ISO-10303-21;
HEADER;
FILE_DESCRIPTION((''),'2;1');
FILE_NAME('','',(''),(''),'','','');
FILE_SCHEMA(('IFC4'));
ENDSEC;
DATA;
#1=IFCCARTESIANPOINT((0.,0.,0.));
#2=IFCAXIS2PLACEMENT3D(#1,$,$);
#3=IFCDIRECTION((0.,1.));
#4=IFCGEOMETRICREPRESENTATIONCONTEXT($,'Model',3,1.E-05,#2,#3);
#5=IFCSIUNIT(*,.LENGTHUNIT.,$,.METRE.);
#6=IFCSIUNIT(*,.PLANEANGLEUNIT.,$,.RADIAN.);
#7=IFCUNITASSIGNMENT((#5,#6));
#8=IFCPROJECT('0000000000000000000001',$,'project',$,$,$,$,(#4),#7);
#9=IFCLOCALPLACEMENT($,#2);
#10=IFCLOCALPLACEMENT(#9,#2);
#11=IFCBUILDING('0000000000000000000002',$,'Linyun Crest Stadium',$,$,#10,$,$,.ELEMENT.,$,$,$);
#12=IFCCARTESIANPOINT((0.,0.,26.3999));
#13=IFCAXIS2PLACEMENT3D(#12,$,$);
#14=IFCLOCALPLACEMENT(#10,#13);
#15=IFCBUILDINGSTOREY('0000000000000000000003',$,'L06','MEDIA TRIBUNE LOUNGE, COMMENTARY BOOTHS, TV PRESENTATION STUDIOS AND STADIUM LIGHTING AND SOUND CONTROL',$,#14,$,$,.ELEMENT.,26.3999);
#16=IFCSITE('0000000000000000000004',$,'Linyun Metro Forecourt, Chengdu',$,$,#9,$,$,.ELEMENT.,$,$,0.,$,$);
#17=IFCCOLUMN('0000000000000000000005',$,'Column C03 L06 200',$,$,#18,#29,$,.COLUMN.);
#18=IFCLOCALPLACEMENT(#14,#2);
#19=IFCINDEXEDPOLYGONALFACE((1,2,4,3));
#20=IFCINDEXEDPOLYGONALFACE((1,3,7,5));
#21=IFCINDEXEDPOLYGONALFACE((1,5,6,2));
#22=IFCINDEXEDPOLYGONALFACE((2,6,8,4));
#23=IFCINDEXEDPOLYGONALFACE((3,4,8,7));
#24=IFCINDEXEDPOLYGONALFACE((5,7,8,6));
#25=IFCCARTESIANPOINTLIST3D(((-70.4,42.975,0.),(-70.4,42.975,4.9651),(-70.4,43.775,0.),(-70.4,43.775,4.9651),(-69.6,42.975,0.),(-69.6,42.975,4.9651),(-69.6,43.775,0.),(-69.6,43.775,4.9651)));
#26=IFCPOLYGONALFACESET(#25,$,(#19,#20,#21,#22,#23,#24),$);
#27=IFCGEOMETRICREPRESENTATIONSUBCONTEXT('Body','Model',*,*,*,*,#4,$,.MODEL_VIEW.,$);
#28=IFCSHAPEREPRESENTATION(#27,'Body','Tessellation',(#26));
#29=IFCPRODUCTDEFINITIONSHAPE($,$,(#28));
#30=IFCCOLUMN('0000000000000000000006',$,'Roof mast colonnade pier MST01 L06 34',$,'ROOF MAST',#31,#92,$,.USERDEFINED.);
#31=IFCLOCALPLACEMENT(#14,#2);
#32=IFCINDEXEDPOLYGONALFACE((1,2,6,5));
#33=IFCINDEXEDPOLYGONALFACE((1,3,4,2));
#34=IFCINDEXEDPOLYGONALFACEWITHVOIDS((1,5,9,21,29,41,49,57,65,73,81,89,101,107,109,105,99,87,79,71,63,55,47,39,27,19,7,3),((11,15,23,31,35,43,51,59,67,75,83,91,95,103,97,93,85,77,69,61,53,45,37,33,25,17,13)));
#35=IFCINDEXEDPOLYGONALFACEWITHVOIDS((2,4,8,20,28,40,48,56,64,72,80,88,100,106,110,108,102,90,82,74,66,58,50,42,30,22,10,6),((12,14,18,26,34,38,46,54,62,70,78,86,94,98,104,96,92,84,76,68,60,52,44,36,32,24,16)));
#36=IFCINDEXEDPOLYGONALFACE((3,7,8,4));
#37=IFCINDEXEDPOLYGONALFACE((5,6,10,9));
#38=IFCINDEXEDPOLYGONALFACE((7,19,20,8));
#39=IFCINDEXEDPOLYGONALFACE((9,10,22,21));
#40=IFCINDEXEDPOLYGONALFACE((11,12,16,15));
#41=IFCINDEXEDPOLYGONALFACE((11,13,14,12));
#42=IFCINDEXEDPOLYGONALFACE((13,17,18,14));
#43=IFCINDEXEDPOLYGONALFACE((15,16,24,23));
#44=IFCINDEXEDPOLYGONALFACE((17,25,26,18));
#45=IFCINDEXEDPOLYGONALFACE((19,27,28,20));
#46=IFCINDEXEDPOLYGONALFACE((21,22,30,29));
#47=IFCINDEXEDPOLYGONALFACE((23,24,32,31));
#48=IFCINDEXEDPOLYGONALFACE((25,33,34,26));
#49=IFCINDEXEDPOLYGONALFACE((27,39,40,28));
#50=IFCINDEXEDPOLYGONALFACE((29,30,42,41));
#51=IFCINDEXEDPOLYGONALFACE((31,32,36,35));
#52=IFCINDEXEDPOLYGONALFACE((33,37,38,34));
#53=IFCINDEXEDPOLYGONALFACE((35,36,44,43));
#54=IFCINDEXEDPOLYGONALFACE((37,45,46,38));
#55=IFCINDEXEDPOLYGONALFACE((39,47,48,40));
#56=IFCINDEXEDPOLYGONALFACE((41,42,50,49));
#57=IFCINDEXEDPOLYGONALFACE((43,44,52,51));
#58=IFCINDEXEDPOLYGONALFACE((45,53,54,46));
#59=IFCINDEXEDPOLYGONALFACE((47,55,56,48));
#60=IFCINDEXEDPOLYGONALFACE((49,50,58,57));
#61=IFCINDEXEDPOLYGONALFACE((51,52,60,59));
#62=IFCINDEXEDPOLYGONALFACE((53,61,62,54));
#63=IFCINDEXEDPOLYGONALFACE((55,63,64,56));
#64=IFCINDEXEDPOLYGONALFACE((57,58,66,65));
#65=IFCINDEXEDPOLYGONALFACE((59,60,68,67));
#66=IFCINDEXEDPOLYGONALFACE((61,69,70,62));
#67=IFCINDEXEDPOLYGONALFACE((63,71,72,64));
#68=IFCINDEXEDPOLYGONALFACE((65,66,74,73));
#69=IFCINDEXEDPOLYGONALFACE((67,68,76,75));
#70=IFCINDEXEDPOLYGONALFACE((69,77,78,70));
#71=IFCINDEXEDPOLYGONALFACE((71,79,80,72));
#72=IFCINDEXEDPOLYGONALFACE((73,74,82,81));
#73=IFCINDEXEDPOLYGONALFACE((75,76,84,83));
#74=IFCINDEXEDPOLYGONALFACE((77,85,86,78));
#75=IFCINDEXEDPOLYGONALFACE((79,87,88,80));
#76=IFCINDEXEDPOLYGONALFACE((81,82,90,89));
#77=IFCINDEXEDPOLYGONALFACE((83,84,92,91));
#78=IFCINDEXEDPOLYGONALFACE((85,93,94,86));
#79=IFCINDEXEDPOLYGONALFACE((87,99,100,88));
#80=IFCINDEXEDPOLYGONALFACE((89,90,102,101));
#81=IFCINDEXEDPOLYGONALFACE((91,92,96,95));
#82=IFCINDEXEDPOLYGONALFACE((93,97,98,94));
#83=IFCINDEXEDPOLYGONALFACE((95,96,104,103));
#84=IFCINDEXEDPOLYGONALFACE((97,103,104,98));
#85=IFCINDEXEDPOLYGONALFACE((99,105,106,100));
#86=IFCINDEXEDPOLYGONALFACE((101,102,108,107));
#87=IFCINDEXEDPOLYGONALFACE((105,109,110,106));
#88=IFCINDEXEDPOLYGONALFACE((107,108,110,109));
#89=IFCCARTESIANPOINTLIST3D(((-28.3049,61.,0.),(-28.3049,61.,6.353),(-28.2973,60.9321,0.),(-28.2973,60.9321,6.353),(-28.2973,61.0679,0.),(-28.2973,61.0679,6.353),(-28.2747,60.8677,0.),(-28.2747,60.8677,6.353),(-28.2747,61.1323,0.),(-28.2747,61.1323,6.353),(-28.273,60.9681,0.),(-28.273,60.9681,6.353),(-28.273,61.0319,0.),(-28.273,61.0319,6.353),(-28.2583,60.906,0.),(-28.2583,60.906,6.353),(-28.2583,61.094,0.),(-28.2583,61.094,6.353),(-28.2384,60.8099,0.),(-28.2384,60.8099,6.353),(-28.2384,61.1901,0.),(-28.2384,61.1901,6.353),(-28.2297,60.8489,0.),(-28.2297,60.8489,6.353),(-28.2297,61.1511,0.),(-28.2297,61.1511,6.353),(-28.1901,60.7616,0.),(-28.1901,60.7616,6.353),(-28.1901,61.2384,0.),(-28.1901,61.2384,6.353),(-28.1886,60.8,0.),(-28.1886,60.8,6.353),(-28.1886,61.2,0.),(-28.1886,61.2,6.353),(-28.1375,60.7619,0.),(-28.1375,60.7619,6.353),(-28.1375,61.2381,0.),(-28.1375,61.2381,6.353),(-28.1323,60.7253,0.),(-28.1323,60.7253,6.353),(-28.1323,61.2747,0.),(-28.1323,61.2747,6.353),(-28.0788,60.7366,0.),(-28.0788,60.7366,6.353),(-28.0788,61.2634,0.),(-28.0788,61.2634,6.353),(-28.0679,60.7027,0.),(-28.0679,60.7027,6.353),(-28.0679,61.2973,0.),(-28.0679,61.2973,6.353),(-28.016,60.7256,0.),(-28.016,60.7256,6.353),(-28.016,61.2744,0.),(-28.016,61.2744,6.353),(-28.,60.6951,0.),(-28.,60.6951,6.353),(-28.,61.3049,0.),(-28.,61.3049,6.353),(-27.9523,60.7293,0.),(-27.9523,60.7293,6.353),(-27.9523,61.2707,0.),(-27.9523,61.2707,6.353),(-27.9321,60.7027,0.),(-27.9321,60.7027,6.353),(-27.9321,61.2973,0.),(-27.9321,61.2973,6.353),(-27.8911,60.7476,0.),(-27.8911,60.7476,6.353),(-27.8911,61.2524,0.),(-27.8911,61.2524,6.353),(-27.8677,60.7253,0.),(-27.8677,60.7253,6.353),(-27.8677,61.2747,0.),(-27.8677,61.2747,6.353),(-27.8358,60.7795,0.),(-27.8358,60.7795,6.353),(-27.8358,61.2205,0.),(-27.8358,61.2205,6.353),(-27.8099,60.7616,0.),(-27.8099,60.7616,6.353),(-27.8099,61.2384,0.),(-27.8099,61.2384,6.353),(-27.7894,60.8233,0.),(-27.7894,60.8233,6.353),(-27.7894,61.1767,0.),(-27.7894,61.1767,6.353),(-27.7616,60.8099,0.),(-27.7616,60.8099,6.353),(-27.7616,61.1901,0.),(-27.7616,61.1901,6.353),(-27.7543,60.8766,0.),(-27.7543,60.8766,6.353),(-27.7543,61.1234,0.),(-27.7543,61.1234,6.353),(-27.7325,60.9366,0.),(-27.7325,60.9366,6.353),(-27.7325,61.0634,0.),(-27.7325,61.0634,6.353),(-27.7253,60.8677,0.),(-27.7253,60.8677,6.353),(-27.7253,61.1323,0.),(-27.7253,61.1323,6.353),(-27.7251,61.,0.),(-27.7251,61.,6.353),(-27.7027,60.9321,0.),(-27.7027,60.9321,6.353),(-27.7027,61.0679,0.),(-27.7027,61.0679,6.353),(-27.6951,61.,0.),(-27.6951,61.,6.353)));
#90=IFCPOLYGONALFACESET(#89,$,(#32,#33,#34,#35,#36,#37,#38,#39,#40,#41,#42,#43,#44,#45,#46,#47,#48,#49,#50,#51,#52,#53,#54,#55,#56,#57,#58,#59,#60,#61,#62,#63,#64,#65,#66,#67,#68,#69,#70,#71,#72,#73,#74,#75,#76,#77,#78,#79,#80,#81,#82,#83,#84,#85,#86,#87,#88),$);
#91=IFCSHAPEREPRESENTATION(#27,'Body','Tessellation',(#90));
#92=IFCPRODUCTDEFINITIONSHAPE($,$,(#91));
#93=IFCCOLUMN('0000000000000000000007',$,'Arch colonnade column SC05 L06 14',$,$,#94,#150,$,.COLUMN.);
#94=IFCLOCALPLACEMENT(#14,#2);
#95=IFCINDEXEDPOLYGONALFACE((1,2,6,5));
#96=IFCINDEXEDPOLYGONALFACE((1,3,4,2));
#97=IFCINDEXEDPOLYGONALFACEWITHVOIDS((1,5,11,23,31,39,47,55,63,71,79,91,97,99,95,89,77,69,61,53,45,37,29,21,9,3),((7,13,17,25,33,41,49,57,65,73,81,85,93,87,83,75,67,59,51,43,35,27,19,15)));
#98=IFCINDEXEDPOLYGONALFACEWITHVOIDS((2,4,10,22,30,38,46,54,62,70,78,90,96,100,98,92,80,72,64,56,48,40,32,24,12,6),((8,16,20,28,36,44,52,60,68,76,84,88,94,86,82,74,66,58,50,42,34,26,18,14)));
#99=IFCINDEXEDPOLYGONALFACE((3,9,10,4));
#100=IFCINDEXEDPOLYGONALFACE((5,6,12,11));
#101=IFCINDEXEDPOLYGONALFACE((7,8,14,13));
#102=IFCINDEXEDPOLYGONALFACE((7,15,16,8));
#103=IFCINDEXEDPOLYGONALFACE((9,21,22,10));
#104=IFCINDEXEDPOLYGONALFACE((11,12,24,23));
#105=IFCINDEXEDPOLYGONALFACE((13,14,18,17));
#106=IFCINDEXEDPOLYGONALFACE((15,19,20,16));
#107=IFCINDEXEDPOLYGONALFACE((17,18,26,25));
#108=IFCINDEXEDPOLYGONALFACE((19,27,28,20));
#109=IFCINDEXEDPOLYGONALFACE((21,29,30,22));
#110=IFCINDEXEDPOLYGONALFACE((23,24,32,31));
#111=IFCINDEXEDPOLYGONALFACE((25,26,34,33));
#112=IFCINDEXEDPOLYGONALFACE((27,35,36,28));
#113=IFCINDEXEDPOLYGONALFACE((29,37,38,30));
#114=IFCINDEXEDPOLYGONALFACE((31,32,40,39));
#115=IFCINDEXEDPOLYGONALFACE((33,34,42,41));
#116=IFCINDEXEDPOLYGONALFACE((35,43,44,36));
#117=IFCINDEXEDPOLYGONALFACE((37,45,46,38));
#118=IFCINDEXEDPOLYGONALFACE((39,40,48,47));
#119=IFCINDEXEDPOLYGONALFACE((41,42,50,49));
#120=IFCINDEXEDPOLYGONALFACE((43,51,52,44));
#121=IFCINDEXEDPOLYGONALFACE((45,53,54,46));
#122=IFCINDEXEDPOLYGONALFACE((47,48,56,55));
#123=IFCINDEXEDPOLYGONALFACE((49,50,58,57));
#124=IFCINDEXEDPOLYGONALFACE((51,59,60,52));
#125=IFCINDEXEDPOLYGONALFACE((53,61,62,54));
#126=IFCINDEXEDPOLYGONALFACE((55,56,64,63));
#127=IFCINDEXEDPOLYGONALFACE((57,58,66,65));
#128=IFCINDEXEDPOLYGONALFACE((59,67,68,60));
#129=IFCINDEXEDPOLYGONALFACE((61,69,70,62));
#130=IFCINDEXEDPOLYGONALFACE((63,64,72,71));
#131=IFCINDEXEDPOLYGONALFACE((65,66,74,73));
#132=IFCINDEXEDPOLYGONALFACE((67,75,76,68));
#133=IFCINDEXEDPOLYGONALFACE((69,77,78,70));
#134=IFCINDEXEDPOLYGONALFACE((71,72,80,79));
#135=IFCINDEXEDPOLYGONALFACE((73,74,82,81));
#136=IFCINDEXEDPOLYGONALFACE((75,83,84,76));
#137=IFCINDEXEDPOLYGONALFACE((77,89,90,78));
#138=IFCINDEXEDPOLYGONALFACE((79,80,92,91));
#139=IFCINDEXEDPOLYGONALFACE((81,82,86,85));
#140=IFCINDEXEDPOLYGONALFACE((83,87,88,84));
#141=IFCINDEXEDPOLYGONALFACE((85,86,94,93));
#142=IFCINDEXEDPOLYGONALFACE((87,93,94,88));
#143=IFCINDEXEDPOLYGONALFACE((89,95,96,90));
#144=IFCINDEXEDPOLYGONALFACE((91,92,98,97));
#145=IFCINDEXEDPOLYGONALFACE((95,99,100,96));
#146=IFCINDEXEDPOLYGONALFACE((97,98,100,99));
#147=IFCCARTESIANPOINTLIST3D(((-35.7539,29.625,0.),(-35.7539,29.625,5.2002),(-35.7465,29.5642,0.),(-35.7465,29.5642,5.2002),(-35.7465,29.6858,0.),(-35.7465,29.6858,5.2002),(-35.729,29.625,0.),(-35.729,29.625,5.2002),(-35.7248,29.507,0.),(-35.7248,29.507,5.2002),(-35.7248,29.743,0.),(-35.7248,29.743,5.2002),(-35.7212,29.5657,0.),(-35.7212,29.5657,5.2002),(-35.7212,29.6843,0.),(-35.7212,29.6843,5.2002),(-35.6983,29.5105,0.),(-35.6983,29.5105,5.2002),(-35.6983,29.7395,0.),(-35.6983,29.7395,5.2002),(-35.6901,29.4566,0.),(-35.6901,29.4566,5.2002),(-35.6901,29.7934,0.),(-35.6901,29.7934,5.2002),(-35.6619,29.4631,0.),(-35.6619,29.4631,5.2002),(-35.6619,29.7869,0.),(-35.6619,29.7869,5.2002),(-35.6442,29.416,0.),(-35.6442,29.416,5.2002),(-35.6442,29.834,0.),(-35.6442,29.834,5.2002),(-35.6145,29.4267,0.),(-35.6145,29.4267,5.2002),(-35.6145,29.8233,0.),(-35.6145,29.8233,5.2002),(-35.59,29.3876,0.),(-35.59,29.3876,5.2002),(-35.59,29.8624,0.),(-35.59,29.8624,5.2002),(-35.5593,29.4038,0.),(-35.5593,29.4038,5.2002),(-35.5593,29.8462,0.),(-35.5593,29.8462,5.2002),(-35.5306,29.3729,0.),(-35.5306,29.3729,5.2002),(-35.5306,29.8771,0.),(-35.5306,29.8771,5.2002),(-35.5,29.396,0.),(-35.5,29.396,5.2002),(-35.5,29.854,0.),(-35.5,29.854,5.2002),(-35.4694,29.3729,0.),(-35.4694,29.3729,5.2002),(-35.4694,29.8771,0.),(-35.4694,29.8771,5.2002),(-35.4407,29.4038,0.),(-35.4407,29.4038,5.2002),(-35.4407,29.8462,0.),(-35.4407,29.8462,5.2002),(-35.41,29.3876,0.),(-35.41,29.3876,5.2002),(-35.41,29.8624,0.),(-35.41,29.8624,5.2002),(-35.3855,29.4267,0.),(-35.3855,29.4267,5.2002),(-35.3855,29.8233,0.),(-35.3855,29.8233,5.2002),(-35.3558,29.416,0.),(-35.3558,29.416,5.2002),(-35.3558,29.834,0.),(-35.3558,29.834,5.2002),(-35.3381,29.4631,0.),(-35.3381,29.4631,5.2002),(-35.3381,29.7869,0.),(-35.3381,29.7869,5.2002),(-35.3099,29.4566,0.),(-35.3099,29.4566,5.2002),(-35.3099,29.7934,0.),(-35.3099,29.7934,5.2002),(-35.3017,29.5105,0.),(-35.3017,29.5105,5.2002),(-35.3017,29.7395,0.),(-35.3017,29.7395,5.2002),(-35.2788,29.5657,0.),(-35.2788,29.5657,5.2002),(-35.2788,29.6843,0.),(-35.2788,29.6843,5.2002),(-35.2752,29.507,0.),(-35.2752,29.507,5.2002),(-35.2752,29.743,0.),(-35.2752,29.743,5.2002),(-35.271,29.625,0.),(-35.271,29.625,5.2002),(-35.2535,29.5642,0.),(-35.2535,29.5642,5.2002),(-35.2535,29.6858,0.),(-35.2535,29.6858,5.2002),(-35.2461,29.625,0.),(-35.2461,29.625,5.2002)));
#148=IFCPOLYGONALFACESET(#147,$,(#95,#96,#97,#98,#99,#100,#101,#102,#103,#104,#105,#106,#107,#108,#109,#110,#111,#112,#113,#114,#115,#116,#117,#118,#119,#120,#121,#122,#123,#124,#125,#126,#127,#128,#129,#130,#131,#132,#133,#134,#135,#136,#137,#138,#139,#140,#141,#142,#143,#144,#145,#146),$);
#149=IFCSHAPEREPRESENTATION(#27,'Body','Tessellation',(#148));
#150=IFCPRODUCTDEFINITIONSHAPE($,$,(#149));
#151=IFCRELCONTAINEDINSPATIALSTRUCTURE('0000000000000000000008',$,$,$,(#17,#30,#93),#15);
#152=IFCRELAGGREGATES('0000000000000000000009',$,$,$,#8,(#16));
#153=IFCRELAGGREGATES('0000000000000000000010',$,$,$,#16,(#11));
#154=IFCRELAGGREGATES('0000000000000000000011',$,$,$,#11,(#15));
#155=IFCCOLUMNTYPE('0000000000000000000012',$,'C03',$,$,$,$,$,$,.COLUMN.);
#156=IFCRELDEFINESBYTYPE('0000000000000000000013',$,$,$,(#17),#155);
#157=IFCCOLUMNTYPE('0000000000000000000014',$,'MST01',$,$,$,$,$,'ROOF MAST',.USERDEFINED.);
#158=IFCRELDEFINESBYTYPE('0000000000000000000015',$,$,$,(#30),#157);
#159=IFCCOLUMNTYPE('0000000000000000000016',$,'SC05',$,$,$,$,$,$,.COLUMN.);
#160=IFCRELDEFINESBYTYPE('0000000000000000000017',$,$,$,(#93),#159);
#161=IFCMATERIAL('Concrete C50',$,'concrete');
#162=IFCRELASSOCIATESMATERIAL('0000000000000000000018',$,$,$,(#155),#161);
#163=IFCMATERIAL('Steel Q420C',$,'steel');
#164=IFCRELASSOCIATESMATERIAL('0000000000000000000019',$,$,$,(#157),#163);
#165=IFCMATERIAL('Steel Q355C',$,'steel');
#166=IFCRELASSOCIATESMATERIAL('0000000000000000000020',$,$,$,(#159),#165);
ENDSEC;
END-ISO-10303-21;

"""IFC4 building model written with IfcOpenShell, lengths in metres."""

from ifc_helpers import new_model, si_unit, direction, frame, origin, origin_2d, place, context, subcontext, project, spatial, rectangle, hollow_circle, extrude, material, material_profile, profile_set, type_object, element, save


model = new_model("IFC4")

# Units and contexts
model_context = context("Model", 3, precision=1e-05, world=origin(), true_north=direction((0.0, 1.0)))
body_context = subcontext(model_context, "Body", "Model", "MODEL_VIEW")
ifc_project = project(units=[si_unit("LENGTHUNIT", "METRE"), si_unit("PLANEANGLEUNIT", "RADIAN")], contexts=[model_context])

# Site, building, storey
site_placement = place(None, origin())
site = spatial("IfcSite", under=ifc_project, at=site_placement, Name="Linyun Metro Forecourt, Chengdu", CompositionType="ELEMENT", RefElevation=0.0)
building_placement = place(site_placement, origin())
building = spatial("IfcBuilding", under=site, at=building_placement, Name="Linyun Crest Stadium", CompositionType="ELEMENT")
storey_placement = place(building_placement, frame((0.0, 0.0, 26.3999)))
storey = spatial("IfcBuildingStorey", under=building, at=storey_placement, Name="L06", Description="MEDIA TRIBUNE LOUNGE, COMMENTARY BOOTHS, TV PRESENTATION STUDIOS AND STADIUM LIGHTING AND SOUND CONTROL", CompositionType="ELEMENT", Elevation=26.3999)

# Columns
ifc_material_1 = material(Name="Concrete C50", Category="concrete")
ifc_material_profile_1 = material_profile(ifc_material_1, rectangle(XDim=0.8, YDim=0.8, at=origin_2d()), Name="RC 800x800")
ifc_profile_set_1 = profile_set([ifc_material_profile_1], Name="Concrete C50")
column_type_1 = type_object("IfcColumnType", Name="C03", PredefinedType="COLUMN", material=ifc_profile_set_1)
column_1_placement = place(storey_placement, frame((-70.0, 43.375, 0.0), z_axis=(0.0, 0.0, 1.0), x_axis=(1.0, 0.0, 0.0)))
element("IfcColumn", 1, at=column_1_placement, inside=storey, type_object=column_type_1, Name="Column C03 L06 200", PredefinedType="COLUMN", context=body_context, shape_type="SweptSolid", body=[
    extrude(rectangle(XDim=0.8, YDim=0.8, at=origin_2d()), origin(), (0.0, 0.0, 1.0), 4.9651),
])
ifc_material_2 = material(Name="Steel Q420C", Category="steel")
ifc_material_profile_2 = material_profile(ifc_material_2, hollow_circle(Radius=0.3049, WallThickness=0.03, at=origin_2d()), Name="CHS 610x30")
ifc_profile_set_2 = profile_set([ifc_material_profile_2], Name="Steel Q420C")
column_type_2 = type_object("IfcColumnType", Name="MST01", ElementType="ROOF MAST", PredefinedType="USERDEFINED", material=ifc_profile_set_2)
column_2_placement = place(storey_placement, frame((-28.0, 61.0, 0.0), z_axis=(0.0, 0.0, 1.0), x_axis=(1.0, 0.0, 0.0)))
element("IfcColumn", 2, at=column_2_placement, inside=storey, type_object=column_type_2, Name="Roof mast colonnade pier MST01 L06 34", ObjectType="ROOF MAST", PredefinedType="USERDEFINED", context=body_context, shape_type="SweptSolid", body=[
    extrude(hollow_circle(Radius=0.3049, WallThickness=0.03, at=origin_2d()), origin(), (0.0, 0.0, 1.0), 6.353),
])
ifc_material_3 = material(Name="Steel Q355C", Category="steel")
ifc_material_profile_3 = material_profile(ifc_material_3, hollow_circle(Radius=0.2539, WallThickness=0.0249, at=origin_2d()), Name="CHS 508x25")
ifc_profile_set_3 = profile_set([ifc_material_profile_3], Name="Steel Q355C")
column_type_3 = type_object("IfcColumnType", Name="SC05", PredefinedType="COLUMN", material=ifc_profile_set_3)
for number, where, z_axis, x_axis, name in (
    (3, (-35.5, 29.625, 0.0), (0.0, 0.0, 1.0), (1.0, 0.0, 0.0), "Arch colonnade column SC05 L06 14"),
):
    element("IfcColumn", number, at=place(storey_placement, frame(where, z_axis=z_axis, x_axis=x_axis)), inside=storey, type_object=column_type_3, Name=name, PredefinedType="COLUMN", context=body_context, shape_type="SweptSolid", body=[
        extrude(hollow_circle(Radius=0.2539, WallThickness=0.0249, at=origin_2d()), origin(), (0.0, 0.0, 1.0), 5.2002),
    ])

save(model, "model.ifc")
